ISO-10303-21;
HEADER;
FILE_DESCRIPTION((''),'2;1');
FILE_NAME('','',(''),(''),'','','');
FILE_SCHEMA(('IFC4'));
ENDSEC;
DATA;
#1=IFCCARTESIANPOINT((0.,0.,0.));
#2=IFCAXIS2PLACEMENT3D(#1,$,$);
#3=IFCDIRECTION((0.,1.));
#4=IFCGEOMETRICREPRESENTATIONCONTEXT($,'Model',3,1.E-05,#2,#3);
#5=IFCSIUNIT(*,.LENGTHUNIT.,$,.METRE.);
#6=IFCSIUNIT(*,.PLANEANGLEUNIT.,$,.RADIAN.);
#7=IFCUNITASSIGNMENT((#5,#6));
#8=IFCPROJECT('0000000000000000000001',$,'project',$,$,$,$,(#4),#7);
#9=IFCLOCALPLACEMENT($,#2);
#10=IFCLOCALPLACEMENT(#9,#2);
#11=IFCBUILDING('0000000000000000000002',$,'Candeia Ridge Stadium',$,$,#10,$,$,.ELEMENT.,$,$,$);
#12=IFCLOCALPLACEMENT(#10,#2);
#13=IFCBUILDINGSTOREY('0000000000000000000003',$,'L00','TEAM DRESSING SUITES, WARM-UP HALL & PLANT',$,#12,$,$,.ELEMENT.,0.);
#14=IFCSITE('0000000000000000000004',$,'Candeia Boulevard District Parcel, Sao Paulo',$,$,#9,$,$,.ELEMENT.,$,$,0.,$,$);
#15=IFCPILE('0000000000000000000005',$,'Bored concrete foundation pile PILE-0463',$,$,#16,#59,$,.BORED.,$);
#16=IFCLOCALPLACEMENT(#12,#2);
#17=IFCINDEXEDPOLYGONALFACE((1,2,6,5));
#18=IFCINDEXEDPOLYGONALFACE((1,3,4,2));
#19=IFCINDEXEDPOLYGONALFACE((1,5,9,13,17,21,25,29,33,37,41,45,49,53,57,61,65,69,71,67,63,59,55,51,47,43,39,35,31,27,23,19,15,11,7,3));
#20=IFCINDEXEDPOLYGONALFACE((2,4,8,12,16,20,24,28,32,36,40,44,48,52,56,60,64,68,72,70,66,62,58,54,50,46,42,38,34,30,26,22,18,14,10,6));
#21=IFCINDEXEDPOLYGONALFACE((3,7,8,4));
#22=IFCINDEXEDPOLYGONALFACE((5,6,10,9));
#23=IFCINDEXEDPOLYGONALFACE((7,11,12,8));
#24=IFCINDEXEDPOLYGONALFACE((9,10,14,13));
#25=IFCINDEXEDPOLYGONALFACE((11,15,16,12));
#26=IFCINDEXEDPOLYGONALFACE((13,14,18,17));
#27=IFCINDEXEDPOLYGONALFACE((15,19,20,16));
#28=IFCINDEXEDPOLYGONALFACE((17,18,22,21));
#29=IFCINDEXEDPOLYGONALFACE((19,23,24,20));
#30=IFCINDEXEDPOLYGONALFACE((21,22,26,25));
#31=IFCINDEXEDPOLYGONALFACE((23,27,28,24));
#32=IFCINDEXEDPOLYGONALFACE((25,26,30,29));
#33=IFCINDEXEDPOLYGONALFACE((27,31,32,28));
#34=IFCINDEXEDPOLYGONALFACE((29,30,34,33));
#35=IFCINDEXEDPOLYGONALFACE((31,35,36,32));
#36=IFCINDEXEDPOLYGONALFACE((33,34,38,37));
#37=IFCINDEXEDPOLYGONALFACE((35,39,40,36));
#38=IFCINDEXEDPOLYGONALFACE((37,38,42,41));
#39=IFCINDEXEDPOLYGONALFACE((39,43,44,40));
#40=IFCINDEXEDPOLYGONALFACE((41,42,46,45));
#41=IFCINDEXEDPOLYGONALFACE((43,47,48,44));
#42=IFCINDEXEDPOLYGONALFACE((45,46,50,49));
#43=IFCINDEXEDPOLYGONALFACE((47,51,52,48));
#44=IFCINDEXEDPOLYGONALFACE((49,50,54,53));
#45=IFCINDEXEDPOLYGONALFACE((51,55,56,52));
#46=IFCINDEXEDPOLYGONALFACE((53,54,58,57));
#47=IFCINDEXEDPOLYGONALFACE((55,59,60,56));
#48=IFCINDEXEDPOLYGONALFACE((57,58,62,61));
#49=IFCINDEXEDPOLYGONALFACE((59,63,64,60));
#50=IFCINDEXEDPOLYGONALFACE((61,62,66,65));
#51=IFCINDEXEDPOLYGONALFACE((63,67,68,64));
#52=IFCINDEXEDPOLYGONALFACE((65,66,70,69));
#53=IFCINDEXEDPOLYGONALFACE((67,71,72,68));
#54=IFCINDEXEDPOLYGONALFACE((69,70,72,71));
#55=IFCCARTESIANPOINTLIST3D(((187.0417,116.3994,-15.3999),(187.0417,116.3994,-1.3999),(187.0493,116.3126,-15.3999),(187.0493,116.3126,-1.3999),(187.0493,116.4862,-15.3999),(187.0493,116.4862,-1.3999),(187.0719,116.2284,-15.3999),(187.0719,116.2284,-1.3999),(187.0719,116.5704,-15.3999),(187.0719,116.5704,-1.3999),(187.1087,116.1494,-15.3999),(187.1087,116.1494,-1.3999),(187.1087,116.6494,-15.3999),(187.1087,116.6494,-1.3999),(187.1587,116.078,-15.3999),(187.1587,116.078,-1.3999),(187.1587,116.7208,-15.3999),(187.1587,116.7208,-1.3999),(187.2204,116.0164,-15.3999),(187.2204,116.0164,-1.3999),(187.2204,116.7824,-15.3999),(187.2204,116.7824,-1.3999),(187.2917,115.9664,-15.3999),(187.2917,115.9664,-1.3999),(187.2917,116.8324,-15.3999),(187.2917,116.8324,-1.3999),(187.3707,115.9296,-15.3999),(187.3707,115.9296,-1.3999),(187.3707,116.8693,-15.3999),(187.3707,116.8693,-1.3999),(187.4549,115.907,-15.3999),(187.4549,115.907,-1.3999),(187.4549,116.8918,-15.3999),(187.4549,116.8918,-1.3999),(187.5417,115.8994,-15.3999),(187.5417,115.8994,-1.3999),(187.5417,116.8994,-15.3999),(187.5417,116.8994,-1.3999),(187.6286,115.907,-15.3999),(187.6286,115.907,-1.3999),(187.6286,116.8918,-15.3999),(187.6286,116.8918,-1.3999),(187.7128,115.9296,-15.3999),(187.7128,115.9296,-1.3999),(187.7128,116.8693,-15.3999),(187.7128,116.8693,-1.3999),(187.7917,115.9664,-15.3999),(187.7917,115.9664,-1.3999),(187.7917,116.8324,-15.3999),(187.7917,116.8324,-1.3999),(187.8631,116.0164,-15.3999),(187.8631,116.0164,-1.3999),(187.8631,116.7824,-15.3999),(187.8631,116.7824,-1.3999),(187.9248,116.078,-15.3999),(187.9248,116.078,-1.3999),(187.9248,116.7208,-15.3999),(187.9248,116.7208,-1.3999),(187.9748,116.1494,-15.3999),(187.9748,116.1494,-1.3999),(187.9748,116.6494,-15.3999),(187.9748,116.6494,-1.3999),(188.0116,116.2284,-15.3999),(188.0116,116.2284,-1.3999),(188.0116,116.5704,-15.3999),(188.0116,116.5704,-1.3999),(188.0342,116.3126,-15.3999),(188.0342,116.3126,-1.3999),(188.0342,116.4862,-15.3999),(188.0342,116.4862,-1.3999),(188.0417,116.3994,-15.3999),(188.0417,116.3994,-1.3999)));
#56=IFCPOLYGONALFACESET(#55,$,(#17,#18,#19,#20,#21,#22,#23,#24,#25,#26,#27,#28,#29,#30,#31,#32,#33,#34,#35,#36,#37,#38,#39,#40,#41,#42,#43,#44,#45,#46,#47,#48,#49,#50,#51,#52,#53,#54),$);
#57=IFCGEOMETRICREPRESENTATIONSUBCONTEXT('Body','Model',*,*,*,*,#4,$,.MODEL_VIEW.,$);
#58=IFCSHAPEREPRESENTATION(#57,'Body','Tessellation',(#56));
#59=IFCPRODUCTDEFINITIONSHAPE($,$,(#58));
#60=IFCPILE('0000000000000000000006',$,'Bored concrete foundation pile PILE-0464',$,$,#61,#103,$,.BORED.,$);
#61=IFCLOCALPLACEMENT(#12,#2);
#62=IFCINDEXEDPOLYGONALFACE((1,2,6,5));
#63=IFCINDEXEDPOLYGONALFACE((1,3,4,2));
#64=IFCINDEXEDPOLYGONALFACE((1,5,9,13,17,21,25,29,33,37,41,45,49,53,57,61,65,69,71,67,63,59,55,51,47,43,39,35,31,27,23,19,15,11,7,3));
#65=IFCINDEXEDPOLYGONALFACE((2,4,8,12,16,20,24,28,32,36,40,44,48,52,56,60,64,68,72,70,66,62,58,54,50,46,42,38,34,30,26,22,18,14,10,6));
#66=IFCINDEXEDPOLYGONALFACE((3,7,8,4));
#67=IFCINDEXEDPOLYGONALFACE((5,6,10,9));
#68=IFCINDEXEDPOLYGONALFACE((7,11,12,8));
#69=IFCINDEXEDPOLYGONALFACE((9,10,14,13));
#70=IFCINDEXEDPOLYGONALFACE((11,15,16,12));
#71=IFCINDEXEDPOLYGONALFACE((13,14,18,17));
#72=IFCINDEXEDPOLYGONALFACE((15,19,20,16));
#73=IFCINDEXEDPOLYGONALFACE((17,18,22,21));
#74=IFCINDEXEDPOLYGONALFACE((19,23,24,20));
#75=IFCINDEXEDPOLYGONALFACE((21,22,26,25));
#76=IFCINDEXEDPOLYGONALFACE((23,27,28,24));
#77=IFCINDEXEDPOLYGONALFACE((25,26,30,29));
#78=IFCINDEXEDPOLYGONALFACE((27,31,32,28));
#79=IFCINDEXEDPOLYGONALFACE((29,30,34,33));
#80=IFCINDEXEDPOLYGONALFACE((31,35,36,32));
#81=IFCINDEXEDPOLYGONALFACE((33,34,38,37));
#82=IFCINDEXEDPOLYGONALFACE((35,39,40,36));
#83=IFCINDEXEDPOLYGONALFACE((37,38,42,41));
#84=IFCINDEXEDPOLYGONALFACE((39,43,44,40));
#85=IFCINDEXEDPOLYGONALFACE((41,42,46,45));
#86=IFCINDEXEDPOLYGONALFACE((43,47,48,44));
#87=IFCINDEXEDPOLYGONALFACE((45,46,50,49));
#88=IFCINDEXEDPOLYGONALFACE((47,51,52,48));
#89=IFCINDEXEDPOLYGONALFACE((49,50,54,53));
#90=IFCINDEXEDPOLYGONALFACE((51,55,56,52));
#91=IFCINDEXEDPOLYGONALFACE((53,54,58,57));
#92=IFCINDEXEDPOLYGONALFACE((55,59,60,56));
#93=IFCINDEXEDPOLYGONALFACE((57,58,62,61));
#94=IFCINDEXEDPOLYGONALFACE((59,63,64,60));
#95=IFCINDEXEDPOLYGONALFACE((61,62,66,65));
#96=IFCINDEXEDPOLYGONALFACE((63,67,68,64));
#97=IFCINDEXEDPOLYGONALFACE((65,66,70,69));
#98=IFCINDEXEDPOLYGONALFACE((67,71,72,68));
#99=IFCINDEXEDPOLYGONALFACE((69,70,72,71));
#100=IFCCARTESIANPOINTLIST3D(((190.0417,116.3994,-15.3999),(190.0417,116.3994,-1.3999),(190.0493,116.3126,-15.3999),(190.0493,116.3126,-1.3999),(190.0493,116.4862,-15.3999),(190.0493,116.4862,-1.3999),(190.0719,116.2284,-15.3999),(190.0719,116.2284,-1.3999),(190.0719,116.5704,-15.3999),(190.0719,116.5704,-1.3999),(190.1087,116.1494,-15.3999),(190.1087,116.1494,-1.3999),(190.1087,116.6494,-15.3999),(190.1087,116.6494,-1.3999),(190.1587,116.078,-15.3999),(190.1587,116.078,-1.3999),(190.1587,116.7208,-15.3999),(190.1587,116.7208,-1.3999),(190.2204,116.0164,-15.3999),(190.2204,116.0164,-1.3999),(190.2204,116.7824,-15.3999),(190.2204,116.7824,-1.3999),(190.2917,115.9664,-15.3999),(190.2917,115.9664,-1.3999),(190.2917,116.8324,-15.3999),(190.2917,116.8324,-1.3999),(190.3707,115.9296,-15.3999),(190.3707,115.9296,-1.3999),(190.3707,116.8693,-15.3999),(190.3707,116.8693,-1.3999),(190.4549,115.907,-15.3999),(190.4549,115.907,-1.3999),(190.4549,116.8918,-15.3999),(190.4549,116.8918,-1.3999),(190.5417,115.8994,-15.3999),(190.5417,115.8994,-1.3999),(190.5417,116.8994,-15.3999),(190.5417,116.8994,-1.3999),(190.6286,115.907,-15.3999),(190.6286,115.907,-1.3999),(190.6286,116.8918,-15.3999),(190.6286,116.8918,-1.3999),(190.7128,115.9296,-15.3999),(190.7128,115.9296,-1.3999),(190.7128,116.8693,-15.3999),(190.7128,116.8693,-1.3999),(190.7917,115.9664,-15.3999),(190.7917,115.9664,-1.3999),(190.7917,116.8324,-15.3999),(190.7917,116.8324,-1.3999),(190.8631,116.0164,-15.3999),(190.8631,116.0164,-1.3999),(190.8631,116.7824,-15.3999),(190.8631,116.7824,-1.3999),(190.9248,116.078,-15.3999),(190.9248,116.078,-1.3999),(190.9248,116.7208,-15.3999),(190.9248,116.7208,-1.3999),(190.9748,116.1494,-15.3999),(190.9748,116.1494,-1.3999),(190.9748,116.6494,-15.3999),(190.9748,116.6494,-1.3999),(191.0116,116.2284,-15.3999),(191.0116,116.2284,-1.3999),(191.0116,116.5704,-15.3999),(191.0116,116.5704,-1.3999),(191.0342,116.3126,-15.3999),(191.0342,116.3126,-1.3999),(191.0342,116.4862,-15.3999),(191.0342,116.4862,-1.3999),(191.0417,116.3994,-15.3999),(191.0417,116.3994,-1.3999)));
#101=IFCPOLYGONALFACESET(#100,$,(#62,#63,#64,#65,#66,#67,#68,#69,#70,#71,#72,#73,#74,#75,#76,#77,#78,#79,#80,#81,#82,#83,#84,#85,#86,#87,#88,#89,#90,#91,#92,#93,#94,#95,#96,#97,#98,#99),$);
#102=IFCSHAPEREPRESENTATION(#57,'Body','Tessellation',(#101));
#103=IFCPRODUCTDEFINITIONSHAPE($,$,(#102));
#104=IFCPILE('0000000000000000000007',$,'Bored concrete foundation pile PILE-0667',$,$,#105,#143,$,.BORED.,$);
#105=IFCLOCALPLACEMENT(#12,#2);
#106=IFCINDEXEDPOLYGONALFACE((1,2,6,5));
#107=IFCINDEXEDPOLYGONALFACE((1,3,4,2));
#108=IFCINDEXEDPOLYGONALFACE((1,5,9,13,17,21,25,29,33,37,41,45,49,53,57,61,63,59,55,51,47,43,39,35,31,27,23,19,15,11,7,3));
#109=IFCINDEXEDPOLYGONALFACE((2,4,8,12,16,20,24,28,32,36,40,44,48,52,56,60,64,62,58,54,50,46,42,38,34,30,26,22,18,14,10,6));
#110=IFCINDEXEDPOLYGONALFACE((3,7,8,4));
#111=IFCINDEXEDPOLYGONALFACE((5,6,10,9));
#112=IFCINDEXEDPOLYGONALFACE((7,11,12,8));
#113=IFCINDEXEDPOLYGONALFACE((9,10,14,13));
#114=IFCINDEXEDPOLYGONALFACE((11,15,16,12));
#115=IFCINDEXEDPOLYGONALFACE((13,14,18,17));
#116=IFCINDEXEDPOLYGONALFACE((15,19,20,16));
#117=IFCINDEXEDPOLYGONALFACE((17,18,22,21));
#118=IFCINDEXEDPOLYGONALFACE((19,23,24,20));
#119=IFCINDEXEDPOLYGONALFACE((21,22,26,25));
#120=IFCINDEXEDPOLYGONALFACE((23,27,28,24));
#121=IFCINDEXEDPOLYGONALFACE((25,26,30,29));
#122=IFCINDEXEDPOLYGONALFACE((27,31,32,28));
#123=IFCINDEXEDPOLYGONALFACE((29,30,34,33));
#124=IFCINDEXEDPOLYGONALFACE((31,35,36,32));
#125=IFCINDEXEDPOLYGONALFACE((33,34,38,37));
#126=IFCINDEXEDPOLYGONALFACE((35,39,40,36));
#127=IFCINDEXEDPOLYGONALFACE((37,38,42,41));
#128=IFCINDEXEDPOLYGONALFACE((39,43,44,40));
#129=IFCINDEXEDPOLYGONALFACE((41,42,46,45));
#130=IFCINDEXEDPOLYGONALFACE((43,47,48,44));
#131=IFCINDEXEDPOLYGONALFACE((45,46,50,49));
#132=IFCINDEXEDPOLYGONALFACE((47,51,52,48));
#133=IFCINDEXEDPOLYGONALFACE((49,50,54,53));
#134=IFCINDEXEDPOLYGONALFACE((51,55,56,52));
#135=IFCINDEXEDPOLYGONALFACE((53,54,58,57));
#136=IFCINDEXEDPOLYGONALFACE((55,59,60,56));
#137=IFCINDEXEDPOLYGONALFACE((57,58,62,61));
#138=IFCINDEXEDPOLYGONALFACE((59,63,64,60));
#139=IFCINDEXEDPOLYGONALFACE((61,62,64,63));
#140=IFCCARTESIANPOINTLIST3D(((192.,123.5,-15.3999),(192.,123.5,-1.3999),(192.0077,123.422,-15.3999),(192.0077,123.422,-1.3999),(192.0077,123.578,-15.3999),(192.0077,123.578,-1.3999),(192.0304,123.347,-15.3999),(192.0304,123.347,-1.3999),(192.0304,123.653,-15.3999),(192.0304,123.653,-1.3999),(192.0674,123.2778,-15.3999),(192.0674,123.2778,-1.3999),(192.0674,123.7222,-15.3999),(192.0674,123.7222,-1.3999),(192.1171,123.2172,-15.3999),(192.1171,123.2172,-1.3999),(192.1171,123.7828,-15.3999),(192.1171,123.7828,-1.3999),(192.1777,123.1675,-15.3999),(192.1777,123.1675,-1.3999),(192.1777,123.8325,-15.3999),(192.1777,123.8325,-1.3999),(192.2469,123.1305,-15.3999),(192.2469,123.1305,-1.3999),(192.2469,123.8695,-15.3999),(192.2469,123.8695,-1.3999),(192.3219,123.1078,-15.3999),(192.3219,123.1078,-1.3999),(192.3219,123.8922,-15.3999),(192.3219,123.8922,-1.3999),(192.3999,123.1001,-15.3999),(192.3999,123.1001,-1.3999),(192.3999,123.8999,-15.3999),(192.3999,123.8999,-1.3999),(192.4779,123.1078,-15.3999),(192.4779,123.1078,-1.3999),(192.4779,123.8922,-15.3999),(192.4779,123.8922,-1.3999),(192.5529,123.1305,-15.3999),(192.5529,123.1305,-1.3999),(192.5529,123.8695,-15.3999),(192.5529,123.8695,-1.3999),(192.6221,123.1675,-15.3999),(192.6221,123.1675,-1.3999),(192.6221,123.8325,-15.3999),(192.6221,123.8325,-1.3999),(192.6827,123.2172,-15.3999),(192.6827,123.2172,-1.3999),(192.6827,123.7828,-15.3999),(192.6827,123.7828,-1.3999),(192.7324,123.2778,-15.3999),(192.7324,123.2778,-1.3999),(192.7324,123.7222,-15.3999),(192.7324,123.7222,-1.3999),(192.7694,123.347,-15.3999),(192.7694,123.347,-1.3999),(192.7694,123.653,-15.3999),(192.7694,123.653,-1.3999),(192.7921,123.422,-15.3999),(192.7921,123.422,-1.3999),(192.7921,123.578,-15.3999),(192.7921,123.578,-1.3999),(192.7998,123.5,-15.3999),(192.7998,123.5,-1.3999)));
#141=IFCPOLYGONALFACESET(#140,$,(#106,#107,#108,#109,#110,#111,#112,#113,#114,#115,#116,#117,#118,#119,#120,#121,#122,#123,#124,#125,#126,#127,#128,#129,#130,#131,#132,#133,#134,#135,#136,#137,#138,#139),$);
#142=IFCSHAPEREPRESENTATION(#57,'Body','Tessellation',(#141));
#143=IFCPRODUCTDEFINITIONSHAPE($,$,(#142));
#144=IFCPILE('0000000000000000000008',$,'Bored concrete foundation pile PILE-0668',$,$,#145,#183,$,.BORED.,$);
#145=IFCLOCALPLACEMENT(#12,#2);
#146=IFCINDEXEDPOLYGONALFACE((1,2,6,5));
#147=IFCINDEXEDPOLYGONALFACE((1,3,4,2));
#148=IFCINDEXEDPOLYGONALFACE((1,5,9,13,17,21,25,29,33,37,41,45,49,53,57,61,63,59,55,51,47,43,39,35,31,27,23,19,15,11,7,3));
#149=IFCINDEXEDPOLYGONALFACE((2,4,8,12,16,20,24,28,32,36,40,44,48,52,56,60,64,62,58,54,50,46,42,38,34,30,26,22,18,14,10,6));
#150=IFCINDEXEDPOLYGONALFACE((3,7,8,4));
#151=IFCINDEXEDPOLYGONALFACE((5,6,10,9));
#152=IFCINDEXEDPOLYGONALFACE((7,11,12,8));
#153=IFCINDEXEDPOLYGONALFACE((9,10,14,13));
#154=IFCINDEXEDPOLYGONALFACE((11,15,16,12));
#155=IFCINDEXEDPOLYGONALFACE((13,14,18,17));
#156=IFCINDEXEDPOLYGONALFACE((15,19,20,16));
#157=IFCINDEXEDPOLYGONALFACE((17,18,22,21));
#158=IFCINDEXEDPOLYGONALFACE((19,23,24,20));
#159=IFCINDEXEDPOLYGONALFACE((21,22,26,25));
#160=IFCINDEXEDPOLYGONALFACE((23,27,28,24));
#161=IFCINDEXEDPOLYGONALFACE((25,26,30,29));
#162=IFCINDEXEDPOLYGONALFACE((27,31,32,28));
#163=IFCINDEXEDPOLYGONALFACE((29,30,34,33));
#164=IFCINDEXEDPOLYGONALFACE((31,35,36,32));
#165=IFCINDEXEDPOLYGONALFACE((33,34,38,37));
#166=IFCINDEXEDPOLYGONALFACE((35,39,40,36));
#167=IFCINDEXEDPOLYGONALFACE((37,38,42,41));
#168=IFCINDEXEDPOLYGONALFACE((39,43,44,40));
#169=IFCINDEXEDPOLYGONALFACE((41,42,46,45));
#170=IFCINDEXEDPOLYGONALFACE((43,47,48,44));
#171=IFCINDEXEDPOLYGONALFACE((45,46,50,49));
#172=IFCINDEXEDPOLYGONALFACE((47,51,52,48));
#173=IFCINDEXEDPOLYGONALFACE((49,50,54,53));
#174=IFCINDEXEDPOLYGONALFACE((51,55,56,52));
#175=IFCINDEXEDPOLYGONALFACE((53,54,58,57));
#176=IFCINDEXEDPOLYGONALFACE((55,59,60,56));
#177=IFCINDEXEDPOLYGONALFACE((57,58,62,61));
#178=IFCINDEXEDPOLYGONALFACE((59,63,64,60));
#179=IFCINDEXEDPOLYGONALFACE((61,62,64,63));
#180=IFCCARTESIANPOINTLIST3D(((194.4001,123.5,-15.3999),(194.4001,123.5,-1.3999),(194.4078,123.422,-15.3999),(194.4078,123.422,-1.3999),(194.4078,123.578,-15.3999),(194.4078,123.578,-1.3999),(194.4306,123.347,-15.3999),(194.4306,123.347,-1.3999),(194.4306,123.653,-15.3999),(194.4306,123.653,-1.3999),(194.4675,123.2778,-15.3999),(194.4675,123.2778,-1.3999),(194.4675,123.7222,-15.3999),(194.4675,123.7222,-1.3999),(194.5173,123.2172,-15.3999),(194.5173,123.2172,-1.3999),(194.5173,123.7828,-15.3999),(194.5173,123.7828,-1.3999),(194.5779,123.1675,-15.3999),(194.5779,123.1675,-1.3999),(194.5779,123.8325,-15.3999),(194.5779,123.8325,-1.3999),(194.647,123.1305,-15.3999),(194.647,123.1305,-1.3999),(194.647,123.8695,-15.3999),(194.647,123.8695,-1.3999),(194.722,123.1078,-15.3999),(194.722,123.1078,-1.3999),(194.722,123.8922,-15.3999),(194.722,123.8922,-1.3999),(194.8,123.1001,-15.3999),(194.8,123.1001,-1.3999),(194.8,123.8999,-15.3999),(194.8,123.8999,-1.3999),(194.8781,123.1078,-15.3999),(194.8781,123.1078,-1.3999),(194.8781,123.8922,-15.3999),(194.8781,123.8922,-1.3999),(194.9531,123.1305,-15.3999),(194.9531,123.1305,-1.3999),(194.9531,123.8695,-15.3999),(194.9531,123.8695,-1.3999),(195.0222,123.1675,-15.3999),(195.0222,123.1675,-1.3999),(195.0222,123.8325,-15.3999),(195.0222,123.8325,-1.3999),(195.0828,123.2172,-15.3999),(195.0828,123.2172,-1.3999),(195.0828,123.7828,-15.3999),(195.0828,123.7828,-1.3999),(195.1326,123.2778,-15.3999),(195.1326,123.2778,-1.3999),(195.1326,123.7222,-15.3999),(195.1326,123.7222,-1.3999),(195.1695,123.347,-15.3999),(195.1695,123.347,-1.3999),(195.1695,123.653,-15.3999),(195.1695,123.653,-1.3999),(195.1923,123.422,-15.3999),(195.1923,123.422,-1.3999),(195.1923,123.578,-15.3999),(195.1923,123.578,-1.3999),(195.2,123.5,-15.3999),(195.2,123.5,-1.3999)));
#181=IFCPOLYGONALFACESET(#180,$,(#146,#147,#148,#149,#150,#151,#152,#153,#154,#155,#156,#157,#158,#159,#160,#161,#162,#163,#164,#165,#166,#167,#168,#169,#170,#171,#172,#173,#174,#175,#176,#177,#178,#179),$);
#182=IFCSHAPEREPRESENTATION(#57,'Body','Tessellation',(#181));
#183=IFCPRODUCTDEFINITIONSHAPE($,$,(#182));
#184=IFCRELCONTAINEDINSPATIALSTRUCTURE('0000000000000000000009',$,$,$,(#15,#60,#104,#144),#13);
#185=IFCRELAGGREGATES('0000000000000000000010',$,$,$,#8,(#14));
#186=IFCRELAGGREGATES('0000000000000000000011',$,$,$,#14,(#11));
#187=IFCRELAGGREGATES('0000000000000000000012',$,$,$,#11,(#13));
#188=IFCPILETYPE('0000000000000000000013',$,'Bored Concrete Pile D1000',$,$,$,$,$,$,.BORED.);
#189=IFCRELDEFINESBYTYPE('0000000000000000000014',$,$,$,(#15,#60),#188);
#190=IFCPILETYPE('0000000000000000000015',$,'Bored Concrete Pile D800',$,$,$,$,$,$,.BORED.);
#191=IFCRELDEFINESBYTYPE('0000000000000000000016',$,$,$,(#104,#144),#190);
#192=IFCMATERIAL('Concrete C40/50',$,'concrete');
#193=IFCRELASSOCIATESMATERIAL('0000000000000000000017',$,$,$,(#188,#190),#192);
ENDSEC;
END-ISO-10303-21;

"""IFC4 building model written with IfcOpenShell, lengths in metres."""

from ifc_helpers import new_model, si_unit, direction, frame, origin, origin_2d, place, context, subcontext, project, spatial, circle, extrude, material, material_profile, profile_set, type_object, element, save


model = new_model("IFC4")

# Units and contexts
model_context = context("Model", 3, precision=1e-05, world=origin(), true_north=direction((0.0, 1.0)))
body_context = subcontext(model_context, "Body", "Model", "MODEL_VIEW")
ifc_project = project(units=[si_unit("LENGTHUNIT", "METRE"), si_unit("PLANEANGLEUNIT", "RADIAN")], contexts=[model_context])

# Site, building, storey
site_placement = place(None, origin())
site = spatial("IfcSite", under=ifc_project, at=site_placement, Name="Candeia Boulevard District Parcel, Sao Paulo", CompositionType="ELEMENT", RefElevation=0.0)
building_placement = place(site_placement, origin())
building = spatial("IfcBuilding", under=site, at=building_placement, Name="Candeia Ridge Stadium", CompositionType="ELEMENT")
storey_placement = place(building_placement, origin())
storey = spatial("IfcBuildingStorey", under=building, at=storey_placement, Name="L00", Description="TEAM DRESSING SUITES, WARM-UP HALL & PLANT", CompositionType="ELEMENT", Elevation=0.0)

# Piles
ifc_material_1 = material(Name="Concrete C40/50", Category="concrete")
ifc_material_profile_1 = material_profile(ifc_material_1, circle(Radius=0.5, at=origin_2d()), Name="PILE-D1000", Category="concrete")
ifc_profile_set_1 = profile_set([ifc_material_profile_1], Name="Concrete C40/50")
pile_type_1 = type_object("IfcPileType", Name="Bored Concrete Pile D1000", PredefinedType="BORED", material=ifc_profile_set_1)
for number, where, z_axis, x_axis, name in (
    (1, (187.5417, 116.3994, -1.3999), (0.0, 0.0, -1.0), (1.0, 0.0, 0.0), "Bored concrete foundation pile PILE-0463"),
    (2, (190.5417, 116.3994, -1.3999), (0.0, 0.0, -1.0), (1.0, 0.0, 0.0), "Bored concrete foundation pile PILE-0464"),
):
    element("IfcPile", number, at=place(storey_placement, frame(where, z_axis=z_axis, x_axis=x_axis)), inside=storey, type_object=pile_type_1, Name=name, PredefinedType="BORED", context=body_context, shape_type="SweptSolid", body=[
        extrude(circle(Radius=0.5, at=origin_2d()), origin(), (0.0, 0.0, 1.0), 14.0),
    ])
ifc_material_profile_2 = material_profile(ifc_material_1, circle(Radius=0.3999, at=origin_2d()), Name="PILE-D800", Category="concrete")
ifc_profile_set_2 = profile_set([ifc_material_profile_2], Name="Concrete C40/50")
pile_type_2 = type_object("IfcPileType", Name="Bored Concrete Pile D800", PredefinedType="BORED", material=ifc_profile_set_2)
for number, where, z_axis, x_axis, name in (
    (3, (192.3999, 123.5, -1.3999), (0.0, 0.0, -1.0), (1.0, 0.0, 0.0), "Bored concrete foundation pile PILE-0667"),
    (4, (194.8, 123.5, -1.3999), (0.0, 0.0, -1.0), (1.0, 0.0, 0.0), "Bored concrete foundation pile PILE-0668"),
):
    element("IfcPile", number, at=place(storey_placement, frame(where, z_axis=z_axis, x_axis=x_axis)), inside=storey, type_object=pile_type_2, Name=name, PredefinedType="BORED", context=body_context, shape_type="SweptSolid", body=[
        extrude(circle(Radius=0.3999, at=origin_2d()), origin(), (0.0, 0.0, 1.0), 14.0),
    ])

save(model, "model.ifc")
